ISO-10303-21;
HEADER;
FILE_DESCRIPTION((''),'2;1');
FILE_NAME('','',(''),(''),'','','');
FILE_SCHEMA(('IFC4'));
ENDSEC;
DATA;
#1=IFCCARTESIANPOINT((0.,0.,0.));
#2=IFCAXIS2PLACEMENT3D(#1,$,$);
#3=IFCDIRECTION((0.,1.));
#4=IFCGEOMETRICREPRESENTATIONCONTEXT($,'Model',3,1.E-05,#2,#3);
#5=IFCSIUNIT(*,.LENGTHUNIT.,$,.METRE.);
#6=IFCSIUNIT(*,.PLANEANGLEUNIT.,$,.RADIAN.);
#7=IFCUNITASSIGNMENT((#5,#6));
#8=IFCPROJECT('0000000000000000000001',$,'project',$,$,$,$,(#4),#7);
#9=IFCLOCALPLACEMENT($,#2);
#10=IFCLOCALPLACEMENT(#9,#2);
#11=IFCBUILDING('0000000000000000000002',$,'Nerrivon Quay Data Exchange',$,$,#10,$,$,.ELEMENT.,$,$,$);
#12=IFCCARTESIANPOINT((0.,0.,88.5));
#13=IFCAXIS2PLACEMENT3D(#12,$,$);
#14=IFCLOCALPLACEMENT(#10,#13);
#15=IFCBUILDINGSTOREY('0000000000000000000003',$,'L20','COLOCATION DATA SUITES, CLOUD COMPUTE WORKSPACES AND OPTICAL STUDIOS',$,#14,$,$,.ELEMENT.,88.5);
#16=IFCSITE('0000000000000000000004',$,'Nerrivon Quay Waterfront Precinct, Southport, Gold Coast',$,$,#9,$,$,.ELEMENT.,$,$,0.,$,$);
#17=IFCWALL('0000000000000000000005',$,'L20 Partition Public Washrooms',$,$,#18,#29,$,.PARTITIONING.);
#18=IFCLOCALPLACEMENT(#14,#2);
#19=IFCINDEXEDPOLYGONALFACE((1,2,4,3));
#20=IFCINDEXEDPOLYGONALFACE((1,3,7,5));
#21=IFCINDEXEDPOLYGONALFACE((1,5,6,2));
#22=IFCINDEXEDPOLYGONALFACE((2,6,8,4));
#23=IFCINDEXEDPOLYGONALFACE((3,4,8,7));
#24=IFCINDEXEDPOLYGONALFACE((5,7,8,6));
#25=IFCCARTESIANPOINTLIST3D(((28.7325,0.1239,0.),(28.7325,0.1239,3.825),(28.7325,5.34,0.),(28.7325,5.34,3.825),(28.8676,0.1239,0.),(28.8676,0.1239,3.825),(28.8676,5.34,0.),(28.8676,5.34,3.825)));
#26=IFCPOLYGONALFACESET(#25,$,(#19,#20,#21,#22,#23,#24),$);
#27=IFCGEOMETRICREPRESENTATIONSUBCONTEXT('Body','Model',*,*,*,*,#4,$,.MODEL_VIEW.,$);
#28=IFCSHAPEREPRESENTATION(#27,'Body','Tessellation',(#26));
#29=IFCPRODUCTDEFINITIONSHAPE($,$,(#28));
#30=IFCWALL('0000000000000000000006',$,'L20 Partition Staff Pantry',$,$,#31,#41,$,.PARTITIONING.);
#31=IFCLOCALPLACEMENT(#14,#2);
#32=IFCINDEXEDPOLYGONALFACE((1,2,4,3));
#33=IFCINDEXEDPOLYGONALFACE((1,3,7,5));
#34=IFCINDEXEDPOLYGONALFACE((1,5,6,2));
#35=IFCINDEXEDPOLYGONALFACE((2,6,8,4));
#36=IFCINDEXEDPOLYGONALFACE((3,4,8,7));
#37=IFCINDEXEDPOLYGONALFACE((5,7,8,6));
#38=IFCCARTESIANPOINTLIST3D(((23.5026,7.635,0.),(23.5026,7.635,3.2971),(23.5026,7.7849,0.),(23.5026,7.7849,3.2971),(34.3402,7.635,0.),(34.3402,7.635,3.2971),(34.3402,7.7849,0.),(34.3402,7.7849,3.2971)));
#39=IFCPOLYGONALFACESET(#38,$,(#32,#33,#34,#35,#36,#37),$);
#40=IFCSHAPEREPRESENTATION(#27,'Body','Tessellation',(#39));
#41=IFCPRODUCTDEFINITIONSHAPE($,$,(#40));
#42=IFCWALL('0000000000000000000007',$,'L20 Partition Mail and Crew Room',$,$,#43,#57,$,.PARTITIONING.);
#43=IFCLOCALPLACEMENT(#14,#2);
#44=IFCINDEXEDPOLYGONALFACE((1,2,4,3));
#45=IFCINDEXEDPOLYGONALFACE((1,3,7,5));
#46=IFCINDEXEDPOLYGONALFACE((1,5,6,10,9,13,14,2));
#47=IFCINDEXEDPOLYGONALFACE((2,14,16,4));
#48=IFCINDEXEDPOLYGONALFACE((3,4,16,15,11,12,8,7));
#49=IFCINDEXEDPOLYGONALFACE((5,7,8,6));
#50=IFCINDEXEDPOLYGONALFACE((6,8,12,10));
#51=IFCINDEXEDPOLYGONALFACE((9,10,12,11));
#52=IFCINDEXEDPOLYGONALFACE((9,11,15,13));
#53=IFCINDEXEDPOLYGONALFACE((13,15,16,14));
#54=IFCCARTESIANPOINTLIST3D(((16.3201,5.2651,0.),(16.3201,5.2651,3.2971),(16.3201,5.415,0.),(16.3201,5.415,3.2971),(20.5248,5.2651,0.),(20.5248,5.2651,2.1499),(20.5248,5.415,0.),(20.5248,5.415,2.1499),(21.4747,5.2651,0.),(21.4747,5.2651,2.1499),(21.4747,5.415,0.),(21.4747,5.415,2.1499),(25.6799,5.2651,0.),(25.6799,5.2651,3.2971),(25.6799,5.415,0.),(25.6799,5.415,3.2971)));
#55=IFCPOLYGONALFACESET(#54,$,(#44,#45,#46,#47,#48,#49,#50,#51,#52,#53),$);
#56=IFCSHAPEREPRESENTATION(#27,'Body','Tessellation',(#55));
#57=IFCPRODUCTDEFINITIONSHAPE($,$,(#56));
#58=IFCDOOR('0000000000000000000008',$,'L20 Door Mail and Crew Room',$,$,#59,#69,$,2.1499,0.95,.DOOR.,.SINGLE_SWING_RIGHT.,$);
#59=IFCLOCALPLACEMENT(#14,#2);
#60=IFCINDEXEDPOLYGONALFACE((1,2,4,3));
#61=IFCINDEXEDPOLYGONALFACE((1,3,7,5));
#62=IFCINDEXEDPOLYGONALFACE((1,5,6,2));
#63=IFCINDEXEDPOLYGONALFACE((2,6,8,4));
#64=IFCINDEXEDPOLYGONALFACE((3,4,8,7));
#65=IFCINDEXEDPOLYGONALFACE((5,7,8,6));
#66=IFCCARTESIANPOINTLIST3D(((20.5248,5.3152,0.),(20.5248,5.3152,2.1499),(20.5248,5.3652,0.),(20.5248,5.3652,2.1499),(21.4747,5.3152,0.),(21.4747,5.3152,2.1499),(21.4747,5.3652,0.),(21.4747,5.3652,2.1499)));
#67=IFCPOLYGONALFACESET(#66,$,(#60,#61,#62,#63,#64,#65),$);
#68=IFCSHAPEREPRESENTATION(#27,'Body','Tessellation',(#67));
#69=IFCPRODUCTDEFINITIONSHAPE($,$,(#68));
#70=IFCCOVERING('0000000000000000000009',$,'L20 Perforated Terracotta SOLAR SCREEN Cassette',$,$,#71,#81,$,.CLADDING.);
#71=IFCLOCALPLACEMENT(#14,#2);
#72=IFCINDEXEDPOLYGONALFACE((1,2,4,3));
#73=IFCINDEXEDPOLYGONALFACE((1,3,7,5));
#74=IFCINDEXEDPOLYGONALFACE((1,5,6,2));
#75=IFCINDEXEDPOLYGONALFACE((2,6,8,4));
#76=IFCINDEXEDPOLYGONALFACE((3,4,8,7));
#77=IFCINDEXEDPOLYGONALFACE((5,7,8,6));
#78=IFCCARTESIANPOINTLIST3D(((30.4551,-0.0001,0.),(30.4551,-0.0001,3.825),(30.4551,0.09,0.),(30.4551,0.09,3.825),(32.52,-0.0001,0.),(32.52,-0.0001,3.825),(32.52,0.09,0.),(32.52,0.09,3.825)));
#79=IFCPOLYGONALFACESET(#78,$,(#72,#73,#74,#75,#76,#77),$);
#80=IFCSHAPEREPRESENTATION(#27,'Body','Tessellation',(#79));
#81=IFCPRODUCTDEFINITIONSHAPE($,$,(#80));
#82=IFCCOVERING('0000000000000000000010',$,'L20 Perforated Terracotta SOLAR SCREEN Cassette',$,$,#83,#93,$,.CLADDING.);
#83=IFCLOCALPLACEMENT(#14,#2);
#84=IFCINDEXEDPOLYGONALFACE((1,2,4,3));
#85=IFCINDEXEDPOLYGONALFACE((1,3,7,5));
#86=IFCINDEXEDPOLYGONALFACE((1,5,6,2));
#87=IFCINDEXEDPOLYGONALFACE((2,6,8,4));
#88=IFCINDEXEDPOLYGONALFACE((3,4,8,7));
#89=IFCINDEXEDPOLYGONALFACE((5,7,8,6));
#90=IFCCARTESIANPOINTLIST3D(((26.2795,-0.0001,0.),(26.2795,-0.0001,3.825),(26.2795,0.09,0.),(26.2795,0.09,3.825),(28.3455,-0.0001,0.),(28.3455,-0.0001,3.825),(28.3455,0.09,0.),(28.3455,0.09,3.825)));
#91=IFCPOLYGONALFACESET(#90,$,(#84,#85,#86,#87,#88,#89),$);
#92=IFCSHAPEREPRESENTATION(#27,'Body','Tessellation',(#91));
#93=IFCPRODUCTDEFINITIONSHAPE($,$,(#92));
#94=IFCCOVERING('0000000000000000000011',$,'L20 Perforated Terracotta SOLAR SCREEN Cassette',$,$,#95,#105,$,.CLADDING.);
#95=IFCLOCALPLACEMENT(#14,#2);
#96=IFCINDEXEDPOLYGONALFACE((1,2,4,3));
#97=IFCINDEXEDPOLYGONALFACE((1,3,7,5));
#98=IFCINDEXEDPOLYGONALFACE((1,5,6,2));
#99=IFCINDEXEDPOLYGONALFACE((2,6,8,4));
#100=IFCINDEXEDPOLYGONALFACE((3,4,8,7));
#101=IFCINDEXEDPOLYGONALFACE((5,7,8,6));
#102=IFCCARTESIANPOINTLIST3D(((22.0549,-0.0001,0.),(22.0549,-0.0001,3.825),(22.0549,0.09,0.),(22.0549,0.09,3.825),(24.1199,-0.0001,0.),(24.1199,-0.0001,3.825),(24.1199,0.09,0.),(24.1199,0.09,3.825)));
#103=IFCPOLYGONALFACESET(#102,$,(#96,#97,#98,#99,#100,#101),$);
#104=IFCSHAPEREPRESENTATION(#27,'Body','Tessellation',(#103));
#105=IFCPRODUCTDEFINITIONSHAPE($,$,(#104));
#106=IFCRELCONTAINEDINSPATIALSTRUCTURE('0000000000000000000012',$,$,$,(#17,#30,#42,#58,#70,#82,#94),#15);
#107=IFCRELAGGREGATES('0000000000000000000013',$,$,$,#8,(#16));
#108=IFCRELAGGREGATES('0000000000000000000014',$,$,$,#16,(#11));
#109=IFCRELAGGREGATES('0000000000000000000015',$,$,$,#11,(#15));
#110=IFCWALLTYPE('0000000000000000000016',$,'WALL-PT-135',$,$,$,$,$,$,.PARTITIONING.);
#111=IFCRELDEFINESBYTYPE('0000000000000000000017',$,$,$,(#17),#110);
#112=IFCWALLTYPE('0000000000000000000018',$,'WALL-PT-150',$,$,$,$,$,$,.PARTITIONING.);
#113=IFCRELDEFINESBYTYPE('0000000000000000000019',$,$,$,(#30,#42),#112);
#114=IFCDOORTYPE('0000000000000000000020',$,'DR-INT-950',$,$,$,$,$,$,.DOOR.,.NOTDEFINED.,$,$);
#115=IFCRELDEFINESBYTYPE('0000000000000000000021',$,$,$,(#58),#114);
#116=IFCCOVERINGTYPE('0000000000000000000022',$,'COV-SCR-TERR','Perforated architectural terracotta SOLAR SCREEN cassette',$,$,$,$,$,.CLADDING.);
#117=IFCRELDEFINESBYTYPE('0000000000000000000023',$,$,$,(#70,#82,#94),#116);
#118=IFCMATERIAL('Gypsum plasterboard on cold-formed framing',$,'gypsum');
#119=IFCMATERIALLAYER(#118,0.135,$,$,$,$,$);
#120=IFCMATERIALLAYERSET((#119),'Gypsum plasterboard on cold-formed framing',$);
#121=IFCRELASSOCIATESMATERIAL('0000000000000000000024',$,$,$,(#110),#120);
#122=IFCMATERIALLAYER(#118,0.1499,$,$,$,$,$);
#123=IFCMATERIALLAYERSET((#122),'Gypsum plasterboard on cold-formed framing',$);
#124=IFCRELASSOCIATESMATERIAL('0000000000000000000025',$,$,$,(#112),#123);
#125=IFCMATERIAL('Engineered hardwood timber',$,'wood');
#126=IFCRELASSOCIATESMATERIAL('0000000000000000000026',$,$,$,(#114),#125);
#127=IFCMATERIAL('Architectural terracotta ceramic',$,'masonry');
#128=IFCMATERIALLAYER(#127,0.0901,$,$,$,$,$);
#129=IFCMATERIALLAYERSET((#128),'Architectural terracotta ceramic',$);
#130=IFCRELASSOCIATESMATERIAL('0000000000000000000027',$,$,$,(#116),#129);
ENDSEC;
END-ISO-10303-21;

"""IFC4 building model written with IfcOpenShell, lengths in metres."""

from ifc_helpers import new_model, si_unit, direction, frame, frame_2d, origin, origin_2d, place, context, subcontext, project, spatial, rectangle, extrude, material, layer, layer_set, type_object, element, fill, save


model = new_model("IFC4")

# Units and contexts
model_context = context("Model", 3, precision=1e-05, world=origin(), true_north=direction((0.0, 1.0)))
body_context = subcontext(model_context, "Body", "Model", "MODEL_VIEW")
ifc_project = project(units=[si_unit("LENGTHUNIT", "METRE"), si_unit("PLANEANGLEUNIT", "RADIAN")], contexts=[model_context])

# Site, building, storey
site_placement = place(None, origin())
site = spatial("IfcSite", under=ifc_project, at=site_placement, Name="Nerrivon Quay Waterfront Precinct, Southport, Gold Coast", CompositionType="ELEMENT", RefElevation=0.0)
building_placement = place(site_placement, origin())
building = spatial("IfcBuilding", under=site, at=building_placement, Name="Nerrivon Quay Data Exchange", CompositionType="ELEMENT")
storey_placement = place(building_placement, frame((0.0, 0.0, 88.5)))
storey = spatial("IfcBuildingStorey", under=building, at=storey_placement, Name="L20", Description="COLOCATION DATA SUITES, CLOUD COMPUTE WORKSPACES AND OPTICAL STUDIOS", CompositionType="ELEMENT", Elevation=88.5)

# Shared definitions
ifc_material_1 = material(Name="Gypsum plasterboard on cold-formed framing", Category="gypsum")
ifc_material_2 = material(Name="Engineered hardwood timber", Category="wood")

# Walls
ifc_layer_1 = layer(ifc_material_1, 0.135)
ifc_layer_set_1 = layer_set([ifc_layer_1], Name="Gypsum plasterboard on cold-formed framing")
wall_type_1 = type_object("IfcWallType", Name="WALL-PT-135", PredefinedType="PARTITIONING", material=ifc_layer_set_1)
for number, where, z_axis, x_axis, name in (
    (1, (28.8, 0.124, 0.0), (0.0, 0.0, 1.0), (0.0, 1.0, 0.0), "L20 Partition Public Washrooms"),
):
    element("IfcWall", number, at=place(storey_placement, frame(where, z_axis=z_axis, x_axis=x_axis)), inside=storey, type_object=wall_type_1, Name=name, PredefinedType="PARTITIONING", context=body_context, shape_type="SweptSolid", body=[
        extrude(rectangle(XDim=5.2161, YDim=0.135, at=frame_2d((2.6079, 0.0))), origin(), (0.0, 0.0, 1.0), 3.825),
    ])
ifc_layer_2 = layer(ifc_material_1, 0.1499)
ifc_layer_set_2 = layer_set([ifc_layer_2], Name="Gypsum plasterboard on cold-formed framing")
wall_type_2 = type_object("IfcWallType", Name="WALL-PT-150", PredefinedType="PARTITIONING", material=ifc_layer_set_2)
wall_1_placement = place(storey_placement, frame((23.5024, 7.71, 0.0), z_axis=(0.0, 0.0, 1.0), x_axis=(1.0, 0.0, 0.0)))
element("IfcWall", 2, at=wall_1_placement, inside=storey, type_object=wall_type_2, Name="L20 Partition Staff Pantry", PredefinedType="PARTITIONING", context=body_context, shape_type="SweptSolid", body=[
    extrude(rectangle(XDim=10.8376, YDim=0.1499, at=frame_2d((5.4189, 0.0))), origin(), (0.0, 0.0, 1.0), 3.2971),
])

# Wall, opening, door
wall_2_placement = place(storey_placement, frame((25.6799, 5.3401, 0.0), z_axis=(0.0, 0.0, 1.0), x_axis=(-1.0, 0.0, 0.0)))
wall_2 = element("IfcWall", 3, at=wall_2_placement, inside=storey, type_object=wall_type_2, Name="L20 Partition Mail and Crew Room", PredefinedType="PARTITIONING", context=body_context, shape_type="SweptSolid", body=[
    extrude(rectangle(XDim=9.3599, YDim=0.1499, at=frame_2d((4.6799, 0.0))), origin(), (0.0, 0.0, 1.0), 3.2971),
])
opening_1_placement = place(wall_2_placement, frame((4.2051, 0.0, 0.0)))
opening_1 = element("IfcOpeningElement", 4, at=opening_1_placement, cuts=wall_2, PredefinedType="OPENING", context=body_context, shape_type="SweptSolid", body=[
    extrude(rectangle(XDim=0.95, YDim=2.1499, at=frame_2d((0.4751, 1.075))), frame((0.0, 0.085, 0.0), z_axis=(0.0, -1.0, 0.0), x_axis=(1.0, 0.0, 0.0)), (0.0, 0.0, 1.0), 0.1699),
])
door_type_1 = type_object("IfcDoorType", Name="DR-INT-950", OperationType="NOTDEFINED", PredefinedType="DOOR", material=ifc_material_2)
door_1_placement = place(opening_1_placement, origin())
door_1 = element("IfcDoor", 5, at=door_1_placement, inside=storey, type_object=door_type_1, Name="L20 Door Mail and Crew Room", OperationType="SINGLE_SWING_RIGHT", OverallHeight=2.1499, OverallWidth=0.95, PredefinedType="DOOR", context=body_context, shape_type="SweptSolid", body=[
    extrude(rectangle(XDim=0.95, YDim=2.1499, at=frame_2d((0.4751, 1.075))), frame((0.0, 0.0249, 0.0), z_axis=(0.0, -1.0, 0.0), x_axis=(1.0, 0.0, 0.0)), (0.0, 0.0, 1.0), 0.05),
])
fill(opening_1, door_1)

# Coverings
ifc_material_3 = material(Name="Architectural terracotta ceramic", Category="masonry")
ifc_layer_3 = layer(ifc_material_3, 0.0901)
ifc_layer_set_3 = layer_set([ifc_layer_3], Name="Architectural terracotta ceramic")
covering_type = type_object("IfcCoveringType", Name="COV-SCR-TERR", Description="Perforated architectural terracotta SOLAR SCREEN cassette", PredefinedType="CLADDING", material=ifc_layer_set_3)
covering_1_placement = place(storey_placement, frame((31.4875, 0.0449, 0.0), z_axis=(0.0, 0.0, 1.0), x_axis=(-1.0, 0.0, 0.0)))
element("IfcCovering", 6, at=covering_1_placement, inside=storey, type_object=covering_type, Name="L20 Perforated Terracotta SOLAR SCREEN Cassette", PredefinedType="CLADDING", context=body_context, shape_type="SweptSolid", body=[
    extrude(rectangle(XDim=2.0649, YDim=0.0901, at=origin_2d()), origin(), (0.0, 0.0, 1.0), 3.825),
])
covering_2_placement = place(storey_placement, frame((27.3125, 0.0449, 0.0), z_axis=(0.0, 0.0, 1.0), x_axis=(-1.0, 0.0, 0.0)))
element("IfcCovering", 7, at=covering_2_placement, inside=storey, type_object=covering_type, Name="L20 Perforated Terracotta SOLAR SCREEN Cassette", PredefinedType="CLADDING", context=body_context, shape_type="SweptSolid", body=[
    extrude(rectangle(XDim=2.0659, YDim=0.0901, at=origin_2d()), origin(), (0.0, 0.0, 1.0), 3.825),
])
covering_3_placement = place(storey_placement, frame((23.0874, 0.0449, 0.0), z_axis=(0.0, 0.0, 1.0), x_axis=(-1.0, 0.0, 0.0)))
element("IfcCovering", 8, at=covering_3_placement, inside=storey, type_object=covering_type, Name="L20 Perforated Terracotta SOLAR SCREEN Cassette", PredefinedType="CLADDING", context=body_context, shape_type="SweptSolid", body=[
    extrude(rectangle(XDim=2.0649, YDim=0.0901, at=origin_2d()), origin(), (0.0, 0.0, 1.0), 3.825),
])

save(model, "model.ifc")
